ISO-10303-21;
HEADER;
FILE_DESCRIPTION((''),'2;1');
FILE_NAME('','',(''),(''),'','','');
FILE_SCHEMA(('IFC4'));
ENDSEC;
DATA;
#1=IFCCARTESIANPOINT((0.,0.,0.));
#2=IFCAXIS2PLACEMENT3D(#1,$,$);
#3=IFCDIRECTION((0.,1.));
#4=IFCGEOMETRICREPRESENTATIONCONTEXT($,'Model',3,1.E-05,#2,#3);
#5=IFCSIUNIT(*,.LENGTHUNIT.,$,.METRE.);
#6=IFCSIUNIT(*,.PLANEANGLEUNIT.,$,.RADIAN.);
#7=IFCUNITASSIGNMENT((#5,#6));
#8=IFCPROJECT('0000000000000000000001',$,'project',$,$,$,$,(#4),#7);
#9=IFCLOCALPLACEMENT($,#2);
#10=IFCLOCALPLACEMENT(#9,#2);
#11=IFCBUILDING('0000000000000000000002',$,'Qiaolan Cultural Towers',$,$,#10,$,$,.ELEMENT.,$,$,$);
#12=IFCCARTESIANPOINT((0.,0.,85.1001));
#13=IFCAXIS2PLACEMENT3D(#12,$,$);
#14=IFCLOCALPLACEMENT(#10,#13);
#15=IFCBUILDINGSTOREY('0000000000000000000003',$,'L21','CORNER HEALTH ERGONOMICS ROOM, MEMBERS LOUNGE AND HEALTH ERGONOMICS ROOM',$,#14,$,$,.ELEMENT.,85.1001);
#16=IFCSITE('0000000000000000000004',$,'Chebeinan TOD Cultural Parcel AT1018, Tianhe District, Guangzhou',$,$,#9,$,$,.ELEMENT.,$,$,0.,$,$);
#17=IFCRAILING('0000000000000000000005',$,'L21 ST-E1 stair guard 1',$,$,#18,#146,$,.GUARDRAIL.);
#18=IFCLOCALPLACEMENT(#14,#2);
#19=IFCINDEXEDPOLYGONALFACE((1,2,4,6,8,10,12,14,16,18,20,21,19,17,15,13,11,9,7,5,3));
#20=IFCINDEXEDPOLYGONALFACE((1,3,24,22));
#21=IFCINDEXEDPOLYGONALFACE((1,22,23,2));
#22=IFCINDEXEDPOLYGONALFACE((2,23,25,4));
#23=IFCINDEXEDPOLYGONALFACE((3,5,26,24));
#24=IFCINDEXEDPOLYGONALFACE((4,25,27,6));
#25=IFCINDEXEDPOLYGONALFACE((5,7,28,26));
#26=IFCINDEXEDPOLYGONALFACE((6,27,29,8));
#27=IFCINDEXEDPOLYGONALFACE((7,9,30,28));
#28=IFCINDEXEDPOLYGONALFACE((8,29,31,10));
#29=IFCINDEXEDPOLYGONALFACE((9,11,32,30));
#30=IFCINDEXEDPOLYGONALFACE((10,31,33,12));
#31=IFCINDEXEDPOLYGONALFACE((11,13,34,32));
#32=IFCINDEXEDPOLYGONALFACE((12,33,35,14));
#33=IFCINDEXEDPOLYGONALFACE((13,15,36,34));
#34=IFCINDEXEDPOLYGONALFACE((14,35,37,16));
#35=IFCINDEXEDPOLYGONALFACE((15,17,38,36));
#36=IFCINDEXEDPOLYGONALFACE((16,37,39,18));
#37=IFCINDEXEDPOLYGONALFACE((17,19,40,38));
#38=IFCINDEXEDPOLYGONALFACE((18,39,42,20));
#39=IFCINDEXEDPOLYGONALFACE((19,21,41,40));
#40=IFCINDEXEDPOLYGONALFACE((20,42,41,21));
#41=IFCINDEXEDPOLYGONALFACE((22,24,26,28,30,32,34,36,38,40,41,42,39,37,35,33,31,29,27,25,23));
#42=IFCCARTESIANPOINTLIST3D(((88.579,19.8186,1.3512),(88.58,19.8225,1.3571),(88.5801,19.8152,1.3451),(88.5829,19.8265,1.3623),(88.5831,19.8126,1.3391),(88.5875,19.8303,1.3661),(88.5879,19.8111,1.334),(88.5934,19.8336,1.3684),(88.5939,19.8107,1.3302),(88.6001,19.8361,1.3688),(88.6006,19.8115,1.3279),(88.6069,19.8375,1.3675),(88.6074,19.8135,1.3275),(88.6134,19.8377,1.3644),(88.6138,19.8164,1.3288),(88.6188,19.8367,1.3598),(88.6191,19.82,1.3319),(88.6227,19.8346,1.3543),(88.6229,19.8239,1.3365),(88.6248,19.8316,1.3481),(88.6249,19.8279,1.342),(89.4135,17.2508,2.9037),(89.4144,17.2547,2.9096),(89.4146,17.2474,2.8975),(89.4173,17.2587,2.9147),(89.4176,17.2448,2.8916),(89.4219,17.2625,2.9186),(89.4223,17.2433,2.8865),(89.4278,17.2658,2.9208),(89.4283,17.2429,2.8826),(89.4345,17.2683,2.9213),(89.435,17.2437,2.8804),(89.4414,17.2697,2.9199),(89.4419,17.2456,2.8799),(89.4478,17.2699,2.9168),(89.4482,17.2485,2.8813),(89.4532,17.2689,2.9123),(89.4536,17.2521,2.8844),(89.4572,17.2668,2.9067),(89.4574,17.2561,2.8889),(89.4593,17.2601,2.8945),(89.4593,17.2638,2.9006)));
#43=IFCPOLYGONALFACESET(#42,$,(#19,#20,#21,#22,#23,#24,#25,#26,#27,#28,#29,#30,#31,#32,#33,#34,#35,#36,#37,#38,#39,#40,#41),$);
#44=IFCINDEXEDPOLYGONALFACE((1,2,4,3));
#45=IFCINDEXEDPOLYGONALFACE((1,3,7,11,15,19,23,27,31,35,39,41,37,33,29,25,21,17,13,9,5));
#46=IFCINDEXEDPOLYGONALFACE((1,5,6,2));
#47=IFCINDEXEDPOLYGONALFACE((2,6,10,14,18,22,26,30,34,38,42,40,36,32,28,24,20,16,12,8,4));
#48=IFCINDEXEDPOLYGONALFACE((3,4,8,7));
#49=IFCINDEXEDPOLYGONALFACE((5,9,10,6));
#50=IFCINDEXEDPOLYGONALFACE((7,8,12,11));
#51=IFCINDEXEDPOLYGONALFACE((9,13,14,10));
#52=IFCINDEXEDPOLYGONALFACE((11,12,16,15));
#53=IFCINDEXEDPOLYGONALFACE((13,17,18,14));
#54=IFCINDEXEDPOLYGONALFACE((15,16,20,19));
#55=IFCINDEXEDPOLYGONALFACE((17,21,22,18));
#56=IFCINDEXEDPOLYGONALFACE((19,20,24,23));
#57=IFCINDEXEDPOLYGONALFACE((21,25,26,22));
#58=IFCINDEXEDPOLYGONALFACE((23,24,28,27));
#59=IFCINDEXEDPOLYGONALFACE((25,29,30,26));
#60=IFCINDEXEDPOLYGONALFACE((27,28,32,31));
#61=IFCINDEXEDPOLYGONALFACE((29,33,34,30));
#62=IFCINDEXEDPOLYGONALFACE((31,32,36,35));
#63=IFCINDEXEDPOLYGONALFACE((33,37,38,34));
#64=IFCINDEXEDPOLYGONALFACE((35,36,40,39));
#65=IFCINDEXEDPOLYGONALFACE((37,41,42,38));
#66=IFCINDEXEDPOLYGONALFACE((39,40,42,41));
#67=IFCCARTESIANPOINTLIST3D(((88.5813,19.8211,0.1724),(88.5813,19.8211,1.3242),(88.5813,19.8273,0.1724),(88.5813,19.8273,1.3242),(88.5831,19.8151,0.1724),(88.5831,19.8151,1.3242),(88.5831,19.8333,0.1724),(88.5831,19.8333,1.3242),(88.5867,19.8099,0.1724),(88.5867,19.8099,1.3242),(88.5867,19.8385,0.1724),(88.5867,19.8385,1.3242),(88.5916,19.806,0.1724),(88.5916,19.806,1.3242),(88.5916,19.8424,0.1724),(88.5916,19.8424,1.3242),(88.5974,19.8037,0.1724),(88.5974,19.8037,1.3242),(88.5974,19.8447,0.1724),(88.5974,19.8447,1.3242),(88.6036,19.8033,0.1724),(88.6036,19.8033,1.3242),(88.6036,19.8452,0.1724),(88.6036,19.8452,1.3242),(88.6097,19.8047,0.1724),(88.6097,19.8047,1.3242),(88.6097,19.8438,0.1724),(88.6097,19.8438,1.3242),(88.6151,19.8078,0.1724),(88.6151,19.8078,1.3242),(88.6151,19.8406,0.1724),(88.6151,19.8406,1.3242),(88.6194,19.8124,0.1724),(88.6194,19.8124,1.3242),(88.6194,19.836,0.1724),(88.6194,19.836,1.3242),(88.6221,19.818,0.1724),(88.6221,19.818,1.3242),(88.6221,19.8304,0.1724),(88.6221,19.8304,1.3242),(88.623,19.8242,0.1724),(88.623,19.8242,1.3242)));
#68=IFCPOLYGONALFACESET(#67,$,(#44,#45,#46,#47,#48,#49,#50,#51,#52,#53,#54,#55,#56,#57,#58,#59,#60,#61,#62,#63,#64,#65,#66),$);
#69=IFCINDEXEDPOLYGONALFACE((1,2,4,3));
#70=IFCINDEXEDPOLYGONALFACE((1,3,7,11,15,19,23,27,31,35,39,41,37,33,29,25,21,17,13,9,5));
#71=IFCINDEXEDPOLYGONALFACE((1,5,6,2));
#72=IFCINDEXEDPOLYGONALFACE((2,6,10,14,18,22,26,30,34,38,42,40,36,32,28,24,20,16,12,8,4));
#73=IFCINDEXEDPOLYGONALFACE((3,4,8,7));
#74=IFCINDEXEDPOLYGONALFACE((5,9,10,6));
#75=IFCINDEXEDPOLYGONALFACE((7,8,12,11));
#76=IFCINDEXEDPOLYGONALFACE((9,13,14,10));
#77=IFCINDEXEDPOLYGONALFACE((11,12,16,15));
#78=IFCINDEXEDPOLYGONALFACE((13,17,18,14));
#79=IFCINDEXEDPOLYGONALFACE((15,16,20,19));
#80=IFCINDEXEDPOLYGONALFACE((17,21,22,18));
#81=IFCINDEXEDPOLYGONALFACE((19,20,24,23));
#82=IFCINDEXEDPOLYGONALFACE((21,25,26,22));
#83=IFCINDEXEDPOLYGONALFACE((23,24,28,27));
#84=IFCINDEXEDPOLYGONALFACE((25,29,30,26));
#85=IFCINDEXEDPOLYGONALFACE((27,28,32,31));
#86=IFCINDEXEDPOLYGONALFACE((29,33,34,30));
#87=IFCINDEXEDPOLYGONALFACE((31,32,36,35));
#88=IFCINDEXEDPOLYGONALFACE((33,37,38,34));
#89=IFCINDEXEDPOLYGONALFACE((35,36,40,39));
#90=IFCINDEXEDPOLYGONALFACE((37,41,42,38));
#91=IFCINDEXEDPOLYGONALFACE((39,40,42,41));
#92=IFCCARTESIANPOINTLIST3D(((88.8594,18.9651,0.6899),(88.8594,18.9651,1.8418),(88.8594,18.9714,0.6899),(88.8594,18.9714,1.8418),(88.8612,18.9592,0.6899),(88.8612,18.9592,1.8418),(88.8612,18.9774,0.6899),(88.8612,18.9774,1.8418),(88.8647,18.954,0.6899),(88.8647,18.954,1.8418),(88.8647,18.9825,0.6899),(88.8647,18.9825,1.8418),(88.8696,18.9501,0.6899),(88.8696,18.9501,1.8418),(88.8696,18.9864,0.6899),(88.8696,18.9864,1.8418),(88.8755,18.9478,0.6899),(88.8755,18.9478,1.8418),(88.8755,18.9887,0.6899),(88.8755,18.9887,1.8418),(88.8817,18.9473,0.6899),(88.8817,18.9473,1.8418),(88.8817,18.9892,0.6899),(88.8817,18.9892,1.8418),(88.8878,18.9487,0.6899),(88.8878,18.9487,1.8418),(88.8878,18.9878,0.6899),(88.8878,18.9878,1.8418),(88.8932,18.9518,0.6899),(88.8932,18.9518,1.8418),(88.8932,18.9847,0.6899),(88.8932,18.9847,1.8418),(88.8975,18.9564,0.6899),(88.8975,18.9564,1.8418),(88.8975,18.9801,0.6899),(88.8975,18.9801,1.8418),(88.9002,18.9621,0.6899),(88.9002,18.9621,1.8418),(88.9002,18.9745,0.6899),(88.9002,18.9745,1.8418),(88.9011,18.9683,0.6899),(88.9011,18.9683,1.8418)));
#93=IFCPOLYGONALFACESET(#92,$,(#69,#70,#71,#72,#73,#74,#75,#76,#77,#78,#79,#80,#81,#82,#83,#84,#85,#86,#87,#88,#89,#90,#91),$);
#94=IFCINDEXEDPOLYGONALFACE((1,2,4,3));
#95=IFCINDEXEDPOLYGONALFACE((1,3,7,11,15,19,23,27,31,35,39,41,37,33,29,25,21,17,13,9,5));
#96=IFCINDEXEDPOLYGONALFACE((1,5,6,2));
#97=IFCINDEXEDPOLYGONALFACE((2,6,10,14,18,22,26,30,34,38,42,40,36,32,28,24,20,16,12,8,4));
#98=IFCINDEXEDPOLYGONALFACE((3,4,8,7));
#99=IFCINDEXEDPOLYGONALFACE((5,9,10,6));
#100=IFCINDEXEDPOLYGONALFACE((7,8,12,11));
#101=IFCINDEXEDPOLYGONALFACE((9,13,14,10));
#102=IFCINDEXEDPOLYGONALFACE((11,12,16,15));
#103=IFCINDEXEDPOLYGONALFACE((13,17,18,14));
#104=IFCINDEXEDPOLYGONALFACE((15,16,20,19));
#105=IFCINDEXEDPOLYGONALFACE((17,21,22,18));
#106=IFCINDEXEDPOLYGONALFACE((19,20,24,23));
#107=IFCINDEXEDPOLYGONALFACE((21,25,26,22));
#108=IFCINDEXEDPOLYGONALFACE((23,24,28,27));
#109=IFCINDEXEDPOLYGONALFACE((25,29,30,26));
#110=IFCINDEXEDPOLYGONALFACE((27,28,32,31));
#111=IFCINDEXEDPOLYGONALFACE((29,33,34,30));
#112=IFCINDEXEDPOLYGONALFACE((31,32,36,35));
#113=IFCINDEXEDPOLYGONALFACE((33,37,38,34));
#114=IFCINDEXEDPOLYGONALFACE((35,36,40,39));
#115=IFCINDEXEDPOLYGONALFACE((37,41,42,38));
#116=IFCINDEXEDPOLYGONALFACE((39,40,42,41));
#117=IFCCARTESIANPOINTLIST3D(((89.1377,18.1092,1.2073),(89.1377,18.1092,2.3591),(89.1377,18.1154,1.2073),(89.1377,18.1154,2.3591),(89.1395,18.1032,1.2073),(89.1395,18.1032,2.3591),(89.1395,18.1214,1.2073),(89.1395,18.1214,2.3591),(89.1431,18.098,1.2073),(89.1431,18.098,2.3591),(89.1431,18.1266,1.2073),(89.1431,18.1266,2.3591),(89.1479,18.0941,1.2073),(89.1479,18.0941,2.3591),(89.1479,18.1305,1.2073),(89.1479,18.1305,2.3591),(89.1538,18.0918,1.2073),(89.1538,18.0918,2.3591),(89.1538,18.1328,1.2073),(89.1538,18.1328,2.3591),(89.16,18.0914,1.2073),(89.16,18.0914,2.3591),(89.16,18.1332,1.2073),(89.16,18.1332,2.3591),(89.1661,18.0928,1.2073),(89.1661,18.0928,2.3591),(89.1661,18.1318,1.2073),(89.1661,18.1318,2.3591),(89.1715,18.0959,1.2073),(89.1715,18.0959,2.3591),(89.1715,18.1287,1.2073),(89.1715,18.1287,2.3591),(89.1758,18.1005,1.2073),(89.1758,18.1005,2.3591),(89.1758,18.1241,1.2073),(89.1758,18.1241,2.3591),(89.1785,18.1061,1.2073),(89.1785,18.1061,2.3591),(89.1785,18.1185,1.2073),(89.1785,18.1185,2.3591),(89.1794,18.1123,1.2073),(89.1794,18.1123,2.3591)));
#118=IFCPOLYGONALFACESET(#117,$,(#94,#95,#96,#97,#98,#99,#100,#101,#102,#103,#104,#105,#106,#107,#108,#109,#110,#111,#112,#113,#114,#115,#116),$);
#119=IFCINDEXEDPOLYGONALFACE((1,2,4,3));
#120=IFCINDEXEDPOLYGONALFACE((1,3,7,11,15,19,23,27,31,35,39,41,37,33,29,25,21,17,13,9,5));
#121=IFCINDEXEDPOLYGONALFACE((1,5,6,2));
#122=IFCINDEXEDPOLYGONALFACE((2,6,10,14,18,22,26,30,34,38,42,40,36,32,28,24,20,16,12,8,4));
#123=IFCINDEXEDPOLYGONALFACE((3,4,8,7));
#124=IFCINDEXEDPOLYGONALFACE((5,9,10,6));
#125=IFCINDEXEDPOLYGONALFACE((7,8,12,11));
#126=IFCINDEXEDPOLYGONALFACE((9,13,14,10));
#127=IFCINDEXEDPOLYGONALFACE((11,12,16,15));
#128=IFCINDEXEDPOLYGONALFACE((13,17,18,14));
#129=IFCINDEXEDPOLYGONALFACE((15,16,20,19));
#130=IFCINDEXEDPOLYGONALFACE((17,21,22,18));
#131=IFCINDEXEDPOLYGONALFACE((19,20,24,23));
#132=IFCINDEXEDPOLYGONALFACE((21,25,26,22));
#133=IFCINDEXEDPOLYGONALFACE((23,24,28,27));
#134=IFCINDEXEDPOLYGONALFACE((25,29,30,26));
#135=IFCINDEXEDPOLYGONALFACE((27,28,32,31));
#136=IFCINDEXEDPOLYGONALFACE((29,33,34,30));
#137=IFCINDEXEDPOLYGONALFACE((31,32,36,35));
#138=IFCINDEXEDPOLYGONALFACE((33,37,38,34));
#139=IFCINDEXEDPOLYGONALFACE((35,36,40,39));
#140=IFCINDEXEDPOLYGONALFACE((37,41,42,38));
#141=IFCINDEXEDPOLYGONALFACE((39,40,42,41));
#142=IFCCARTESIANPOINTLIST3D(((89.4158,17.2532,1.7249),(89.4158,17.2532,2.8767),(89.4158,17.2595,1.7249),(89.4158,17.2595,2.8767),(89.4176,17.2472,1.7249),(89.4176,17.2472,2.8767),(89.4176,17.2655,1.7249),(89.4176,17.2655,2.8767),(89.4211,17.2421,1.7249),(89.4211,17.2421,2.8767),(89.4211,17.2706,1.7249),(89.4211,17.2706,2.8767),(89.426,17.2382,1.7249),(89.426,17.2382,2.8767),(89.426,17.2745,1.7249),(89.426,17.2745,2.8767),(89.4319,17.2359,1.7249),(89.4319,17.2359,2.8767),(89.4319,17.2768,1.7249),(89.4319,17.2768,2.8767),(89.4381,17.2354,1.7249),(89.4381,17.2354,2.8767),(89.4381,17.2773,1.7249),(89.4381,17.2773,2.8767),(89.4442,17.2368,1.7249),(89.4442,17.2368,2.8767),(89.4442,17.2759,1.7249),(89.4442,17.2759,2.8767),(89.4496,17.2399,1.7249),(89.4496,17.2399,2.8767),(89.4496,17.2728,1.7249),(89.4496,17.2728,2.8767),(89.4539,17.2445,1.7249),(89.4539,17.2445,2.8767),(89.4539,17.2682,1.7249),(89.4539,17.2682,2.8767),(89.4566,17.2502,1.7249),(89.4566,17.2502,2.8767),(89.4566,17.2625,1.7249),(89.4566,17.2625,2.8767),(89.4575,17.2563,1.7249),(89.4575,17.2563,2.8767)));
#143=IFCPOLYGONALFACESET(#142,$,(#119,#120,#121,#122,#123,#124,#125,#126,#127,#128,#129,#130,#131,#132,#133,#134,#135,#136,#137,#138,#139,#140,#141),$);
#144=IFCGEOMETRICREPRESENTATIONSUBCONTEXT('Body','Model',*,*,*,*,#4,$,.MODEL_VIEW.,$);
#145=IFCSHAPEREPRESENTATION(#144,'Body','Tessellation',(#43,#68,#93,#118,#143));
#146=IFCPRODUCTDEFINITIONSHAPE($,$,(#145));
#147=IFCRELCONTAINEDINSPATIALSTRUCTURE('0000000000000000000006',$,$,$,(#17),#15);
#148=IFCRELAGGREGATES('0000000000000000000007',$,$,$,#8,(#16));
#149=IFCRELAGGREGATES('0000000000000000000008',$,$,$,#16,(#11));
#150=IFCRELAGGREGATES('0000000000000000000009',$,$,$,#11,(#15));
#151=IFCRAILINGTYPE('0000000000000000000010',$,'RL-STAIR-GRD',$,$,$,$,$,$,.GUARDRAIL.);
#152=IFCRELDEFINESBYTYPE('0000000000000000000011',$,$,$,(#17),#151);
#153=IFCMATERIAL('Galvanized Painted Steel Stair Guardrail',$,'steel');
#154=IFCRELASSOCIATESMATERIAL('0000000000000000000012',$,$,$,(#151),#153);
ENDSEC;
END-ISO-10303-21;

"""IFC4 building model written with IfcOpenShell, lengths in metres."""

from ifc_helpers import new_model, si_unit, direction, frame, origin, origin_2d, place, context, subcontext, project, spatial, circle, extrude, material, type_object, element, save


model = new_model("IFC4")

# Units and contexts
model_context = context("Model", 3, precision=1e-05, world=origin(), true_north=direction((0.0, 1.0)))
body_context = subcontext(model_context, "Body", "Model", "MODEL_VIEW")
ifc_project = project(units=[si_unit("LENGTHUNIT", "METRE"), si_unit("PLANEANGLEUNIT", "RADIAN")], contexts=[model_context])

# Site, building, storey
site_placement = place(None, origin())
site = spatial("IfcSite", under=ifc_project, at=site_placement, Name="Chebeinan TOD Cultural Parcel AT1018, Tianhe District, Guangzhou", CompositionType="ELEMENT", RefElevation=0.0)
building_placement = place(site_placement, origin())
building = spatial("IfcBuilding", under=site, at=building_placement, Name="Qiaolan Cultural Towers", CompositionType="ELEMENT")
storey_placement = place(building_placement, frame((0.0, 0.0, 85.1001)))
storey = spatial("IfcBuildingStorey", under=building, at=storey_placement, Name="L21", Description="CORNER HEALTH ERGONOMICS ROOM, MEMBERS LOUNGE AND HEALTH ERGONOMICS ROOM", CompositionType="ELEMENT", Elevation=85.1001)

# Railing
ifc_material_1 = material(Name="Galvanized Painted Steel Stair Guardrail", Category="steel")
railing_type_1 = type_object("IfcRailingType", Name="RL-STAIR-GRD", PredefinedType="GUARDRAIL", material=ifc_material_1)
railing_1_placement = place(storey_placement, frame((88.6021, 19.8242, 0.1724)))
element("IfcRailing", 1, at=railing_1_placement, inside=storey, type_object=railing_type_1, Name="L21 ST-E1 stair guard 1", PredefinedType="GUARDRAIL", context=body_context, shape_type="SweptSolid", body=[
    extrude(circle(Radius=0.0239, at=origin_2d()), frame((0.0, 0.0, 1.1758), z_axis=(0.267926, -0.824471, 0.498461), x_axis=(0.951043, 0.309057, 0.0)), (0.0, 0.0, 1.0), 3.1145),
    extrude(circle(Radius=0.021, at=origin_2d()), origin(), (0.0, 0.0, 1.0), 1.1519),
    extrude(circle(Radius=0.021, at=origin_2d()), frame((0.2781, -0.856, 0.5176)), (0.0, 0.0, 1.0), 1.1519),
    extrude(circle(Radius=0.021, at=origin_2d()), frame((0.5564, -1.7119, 1.0349)), (0.0, 0.0, 1.0), 1.1519),
    extrude(circle(Radius=0.021, at=origin_2d()), frame((0.8345, -2.5679, 1.5525)), (0.0, 0.0, 1.0), 1.1519),
])

save(model, "model.ifc")
